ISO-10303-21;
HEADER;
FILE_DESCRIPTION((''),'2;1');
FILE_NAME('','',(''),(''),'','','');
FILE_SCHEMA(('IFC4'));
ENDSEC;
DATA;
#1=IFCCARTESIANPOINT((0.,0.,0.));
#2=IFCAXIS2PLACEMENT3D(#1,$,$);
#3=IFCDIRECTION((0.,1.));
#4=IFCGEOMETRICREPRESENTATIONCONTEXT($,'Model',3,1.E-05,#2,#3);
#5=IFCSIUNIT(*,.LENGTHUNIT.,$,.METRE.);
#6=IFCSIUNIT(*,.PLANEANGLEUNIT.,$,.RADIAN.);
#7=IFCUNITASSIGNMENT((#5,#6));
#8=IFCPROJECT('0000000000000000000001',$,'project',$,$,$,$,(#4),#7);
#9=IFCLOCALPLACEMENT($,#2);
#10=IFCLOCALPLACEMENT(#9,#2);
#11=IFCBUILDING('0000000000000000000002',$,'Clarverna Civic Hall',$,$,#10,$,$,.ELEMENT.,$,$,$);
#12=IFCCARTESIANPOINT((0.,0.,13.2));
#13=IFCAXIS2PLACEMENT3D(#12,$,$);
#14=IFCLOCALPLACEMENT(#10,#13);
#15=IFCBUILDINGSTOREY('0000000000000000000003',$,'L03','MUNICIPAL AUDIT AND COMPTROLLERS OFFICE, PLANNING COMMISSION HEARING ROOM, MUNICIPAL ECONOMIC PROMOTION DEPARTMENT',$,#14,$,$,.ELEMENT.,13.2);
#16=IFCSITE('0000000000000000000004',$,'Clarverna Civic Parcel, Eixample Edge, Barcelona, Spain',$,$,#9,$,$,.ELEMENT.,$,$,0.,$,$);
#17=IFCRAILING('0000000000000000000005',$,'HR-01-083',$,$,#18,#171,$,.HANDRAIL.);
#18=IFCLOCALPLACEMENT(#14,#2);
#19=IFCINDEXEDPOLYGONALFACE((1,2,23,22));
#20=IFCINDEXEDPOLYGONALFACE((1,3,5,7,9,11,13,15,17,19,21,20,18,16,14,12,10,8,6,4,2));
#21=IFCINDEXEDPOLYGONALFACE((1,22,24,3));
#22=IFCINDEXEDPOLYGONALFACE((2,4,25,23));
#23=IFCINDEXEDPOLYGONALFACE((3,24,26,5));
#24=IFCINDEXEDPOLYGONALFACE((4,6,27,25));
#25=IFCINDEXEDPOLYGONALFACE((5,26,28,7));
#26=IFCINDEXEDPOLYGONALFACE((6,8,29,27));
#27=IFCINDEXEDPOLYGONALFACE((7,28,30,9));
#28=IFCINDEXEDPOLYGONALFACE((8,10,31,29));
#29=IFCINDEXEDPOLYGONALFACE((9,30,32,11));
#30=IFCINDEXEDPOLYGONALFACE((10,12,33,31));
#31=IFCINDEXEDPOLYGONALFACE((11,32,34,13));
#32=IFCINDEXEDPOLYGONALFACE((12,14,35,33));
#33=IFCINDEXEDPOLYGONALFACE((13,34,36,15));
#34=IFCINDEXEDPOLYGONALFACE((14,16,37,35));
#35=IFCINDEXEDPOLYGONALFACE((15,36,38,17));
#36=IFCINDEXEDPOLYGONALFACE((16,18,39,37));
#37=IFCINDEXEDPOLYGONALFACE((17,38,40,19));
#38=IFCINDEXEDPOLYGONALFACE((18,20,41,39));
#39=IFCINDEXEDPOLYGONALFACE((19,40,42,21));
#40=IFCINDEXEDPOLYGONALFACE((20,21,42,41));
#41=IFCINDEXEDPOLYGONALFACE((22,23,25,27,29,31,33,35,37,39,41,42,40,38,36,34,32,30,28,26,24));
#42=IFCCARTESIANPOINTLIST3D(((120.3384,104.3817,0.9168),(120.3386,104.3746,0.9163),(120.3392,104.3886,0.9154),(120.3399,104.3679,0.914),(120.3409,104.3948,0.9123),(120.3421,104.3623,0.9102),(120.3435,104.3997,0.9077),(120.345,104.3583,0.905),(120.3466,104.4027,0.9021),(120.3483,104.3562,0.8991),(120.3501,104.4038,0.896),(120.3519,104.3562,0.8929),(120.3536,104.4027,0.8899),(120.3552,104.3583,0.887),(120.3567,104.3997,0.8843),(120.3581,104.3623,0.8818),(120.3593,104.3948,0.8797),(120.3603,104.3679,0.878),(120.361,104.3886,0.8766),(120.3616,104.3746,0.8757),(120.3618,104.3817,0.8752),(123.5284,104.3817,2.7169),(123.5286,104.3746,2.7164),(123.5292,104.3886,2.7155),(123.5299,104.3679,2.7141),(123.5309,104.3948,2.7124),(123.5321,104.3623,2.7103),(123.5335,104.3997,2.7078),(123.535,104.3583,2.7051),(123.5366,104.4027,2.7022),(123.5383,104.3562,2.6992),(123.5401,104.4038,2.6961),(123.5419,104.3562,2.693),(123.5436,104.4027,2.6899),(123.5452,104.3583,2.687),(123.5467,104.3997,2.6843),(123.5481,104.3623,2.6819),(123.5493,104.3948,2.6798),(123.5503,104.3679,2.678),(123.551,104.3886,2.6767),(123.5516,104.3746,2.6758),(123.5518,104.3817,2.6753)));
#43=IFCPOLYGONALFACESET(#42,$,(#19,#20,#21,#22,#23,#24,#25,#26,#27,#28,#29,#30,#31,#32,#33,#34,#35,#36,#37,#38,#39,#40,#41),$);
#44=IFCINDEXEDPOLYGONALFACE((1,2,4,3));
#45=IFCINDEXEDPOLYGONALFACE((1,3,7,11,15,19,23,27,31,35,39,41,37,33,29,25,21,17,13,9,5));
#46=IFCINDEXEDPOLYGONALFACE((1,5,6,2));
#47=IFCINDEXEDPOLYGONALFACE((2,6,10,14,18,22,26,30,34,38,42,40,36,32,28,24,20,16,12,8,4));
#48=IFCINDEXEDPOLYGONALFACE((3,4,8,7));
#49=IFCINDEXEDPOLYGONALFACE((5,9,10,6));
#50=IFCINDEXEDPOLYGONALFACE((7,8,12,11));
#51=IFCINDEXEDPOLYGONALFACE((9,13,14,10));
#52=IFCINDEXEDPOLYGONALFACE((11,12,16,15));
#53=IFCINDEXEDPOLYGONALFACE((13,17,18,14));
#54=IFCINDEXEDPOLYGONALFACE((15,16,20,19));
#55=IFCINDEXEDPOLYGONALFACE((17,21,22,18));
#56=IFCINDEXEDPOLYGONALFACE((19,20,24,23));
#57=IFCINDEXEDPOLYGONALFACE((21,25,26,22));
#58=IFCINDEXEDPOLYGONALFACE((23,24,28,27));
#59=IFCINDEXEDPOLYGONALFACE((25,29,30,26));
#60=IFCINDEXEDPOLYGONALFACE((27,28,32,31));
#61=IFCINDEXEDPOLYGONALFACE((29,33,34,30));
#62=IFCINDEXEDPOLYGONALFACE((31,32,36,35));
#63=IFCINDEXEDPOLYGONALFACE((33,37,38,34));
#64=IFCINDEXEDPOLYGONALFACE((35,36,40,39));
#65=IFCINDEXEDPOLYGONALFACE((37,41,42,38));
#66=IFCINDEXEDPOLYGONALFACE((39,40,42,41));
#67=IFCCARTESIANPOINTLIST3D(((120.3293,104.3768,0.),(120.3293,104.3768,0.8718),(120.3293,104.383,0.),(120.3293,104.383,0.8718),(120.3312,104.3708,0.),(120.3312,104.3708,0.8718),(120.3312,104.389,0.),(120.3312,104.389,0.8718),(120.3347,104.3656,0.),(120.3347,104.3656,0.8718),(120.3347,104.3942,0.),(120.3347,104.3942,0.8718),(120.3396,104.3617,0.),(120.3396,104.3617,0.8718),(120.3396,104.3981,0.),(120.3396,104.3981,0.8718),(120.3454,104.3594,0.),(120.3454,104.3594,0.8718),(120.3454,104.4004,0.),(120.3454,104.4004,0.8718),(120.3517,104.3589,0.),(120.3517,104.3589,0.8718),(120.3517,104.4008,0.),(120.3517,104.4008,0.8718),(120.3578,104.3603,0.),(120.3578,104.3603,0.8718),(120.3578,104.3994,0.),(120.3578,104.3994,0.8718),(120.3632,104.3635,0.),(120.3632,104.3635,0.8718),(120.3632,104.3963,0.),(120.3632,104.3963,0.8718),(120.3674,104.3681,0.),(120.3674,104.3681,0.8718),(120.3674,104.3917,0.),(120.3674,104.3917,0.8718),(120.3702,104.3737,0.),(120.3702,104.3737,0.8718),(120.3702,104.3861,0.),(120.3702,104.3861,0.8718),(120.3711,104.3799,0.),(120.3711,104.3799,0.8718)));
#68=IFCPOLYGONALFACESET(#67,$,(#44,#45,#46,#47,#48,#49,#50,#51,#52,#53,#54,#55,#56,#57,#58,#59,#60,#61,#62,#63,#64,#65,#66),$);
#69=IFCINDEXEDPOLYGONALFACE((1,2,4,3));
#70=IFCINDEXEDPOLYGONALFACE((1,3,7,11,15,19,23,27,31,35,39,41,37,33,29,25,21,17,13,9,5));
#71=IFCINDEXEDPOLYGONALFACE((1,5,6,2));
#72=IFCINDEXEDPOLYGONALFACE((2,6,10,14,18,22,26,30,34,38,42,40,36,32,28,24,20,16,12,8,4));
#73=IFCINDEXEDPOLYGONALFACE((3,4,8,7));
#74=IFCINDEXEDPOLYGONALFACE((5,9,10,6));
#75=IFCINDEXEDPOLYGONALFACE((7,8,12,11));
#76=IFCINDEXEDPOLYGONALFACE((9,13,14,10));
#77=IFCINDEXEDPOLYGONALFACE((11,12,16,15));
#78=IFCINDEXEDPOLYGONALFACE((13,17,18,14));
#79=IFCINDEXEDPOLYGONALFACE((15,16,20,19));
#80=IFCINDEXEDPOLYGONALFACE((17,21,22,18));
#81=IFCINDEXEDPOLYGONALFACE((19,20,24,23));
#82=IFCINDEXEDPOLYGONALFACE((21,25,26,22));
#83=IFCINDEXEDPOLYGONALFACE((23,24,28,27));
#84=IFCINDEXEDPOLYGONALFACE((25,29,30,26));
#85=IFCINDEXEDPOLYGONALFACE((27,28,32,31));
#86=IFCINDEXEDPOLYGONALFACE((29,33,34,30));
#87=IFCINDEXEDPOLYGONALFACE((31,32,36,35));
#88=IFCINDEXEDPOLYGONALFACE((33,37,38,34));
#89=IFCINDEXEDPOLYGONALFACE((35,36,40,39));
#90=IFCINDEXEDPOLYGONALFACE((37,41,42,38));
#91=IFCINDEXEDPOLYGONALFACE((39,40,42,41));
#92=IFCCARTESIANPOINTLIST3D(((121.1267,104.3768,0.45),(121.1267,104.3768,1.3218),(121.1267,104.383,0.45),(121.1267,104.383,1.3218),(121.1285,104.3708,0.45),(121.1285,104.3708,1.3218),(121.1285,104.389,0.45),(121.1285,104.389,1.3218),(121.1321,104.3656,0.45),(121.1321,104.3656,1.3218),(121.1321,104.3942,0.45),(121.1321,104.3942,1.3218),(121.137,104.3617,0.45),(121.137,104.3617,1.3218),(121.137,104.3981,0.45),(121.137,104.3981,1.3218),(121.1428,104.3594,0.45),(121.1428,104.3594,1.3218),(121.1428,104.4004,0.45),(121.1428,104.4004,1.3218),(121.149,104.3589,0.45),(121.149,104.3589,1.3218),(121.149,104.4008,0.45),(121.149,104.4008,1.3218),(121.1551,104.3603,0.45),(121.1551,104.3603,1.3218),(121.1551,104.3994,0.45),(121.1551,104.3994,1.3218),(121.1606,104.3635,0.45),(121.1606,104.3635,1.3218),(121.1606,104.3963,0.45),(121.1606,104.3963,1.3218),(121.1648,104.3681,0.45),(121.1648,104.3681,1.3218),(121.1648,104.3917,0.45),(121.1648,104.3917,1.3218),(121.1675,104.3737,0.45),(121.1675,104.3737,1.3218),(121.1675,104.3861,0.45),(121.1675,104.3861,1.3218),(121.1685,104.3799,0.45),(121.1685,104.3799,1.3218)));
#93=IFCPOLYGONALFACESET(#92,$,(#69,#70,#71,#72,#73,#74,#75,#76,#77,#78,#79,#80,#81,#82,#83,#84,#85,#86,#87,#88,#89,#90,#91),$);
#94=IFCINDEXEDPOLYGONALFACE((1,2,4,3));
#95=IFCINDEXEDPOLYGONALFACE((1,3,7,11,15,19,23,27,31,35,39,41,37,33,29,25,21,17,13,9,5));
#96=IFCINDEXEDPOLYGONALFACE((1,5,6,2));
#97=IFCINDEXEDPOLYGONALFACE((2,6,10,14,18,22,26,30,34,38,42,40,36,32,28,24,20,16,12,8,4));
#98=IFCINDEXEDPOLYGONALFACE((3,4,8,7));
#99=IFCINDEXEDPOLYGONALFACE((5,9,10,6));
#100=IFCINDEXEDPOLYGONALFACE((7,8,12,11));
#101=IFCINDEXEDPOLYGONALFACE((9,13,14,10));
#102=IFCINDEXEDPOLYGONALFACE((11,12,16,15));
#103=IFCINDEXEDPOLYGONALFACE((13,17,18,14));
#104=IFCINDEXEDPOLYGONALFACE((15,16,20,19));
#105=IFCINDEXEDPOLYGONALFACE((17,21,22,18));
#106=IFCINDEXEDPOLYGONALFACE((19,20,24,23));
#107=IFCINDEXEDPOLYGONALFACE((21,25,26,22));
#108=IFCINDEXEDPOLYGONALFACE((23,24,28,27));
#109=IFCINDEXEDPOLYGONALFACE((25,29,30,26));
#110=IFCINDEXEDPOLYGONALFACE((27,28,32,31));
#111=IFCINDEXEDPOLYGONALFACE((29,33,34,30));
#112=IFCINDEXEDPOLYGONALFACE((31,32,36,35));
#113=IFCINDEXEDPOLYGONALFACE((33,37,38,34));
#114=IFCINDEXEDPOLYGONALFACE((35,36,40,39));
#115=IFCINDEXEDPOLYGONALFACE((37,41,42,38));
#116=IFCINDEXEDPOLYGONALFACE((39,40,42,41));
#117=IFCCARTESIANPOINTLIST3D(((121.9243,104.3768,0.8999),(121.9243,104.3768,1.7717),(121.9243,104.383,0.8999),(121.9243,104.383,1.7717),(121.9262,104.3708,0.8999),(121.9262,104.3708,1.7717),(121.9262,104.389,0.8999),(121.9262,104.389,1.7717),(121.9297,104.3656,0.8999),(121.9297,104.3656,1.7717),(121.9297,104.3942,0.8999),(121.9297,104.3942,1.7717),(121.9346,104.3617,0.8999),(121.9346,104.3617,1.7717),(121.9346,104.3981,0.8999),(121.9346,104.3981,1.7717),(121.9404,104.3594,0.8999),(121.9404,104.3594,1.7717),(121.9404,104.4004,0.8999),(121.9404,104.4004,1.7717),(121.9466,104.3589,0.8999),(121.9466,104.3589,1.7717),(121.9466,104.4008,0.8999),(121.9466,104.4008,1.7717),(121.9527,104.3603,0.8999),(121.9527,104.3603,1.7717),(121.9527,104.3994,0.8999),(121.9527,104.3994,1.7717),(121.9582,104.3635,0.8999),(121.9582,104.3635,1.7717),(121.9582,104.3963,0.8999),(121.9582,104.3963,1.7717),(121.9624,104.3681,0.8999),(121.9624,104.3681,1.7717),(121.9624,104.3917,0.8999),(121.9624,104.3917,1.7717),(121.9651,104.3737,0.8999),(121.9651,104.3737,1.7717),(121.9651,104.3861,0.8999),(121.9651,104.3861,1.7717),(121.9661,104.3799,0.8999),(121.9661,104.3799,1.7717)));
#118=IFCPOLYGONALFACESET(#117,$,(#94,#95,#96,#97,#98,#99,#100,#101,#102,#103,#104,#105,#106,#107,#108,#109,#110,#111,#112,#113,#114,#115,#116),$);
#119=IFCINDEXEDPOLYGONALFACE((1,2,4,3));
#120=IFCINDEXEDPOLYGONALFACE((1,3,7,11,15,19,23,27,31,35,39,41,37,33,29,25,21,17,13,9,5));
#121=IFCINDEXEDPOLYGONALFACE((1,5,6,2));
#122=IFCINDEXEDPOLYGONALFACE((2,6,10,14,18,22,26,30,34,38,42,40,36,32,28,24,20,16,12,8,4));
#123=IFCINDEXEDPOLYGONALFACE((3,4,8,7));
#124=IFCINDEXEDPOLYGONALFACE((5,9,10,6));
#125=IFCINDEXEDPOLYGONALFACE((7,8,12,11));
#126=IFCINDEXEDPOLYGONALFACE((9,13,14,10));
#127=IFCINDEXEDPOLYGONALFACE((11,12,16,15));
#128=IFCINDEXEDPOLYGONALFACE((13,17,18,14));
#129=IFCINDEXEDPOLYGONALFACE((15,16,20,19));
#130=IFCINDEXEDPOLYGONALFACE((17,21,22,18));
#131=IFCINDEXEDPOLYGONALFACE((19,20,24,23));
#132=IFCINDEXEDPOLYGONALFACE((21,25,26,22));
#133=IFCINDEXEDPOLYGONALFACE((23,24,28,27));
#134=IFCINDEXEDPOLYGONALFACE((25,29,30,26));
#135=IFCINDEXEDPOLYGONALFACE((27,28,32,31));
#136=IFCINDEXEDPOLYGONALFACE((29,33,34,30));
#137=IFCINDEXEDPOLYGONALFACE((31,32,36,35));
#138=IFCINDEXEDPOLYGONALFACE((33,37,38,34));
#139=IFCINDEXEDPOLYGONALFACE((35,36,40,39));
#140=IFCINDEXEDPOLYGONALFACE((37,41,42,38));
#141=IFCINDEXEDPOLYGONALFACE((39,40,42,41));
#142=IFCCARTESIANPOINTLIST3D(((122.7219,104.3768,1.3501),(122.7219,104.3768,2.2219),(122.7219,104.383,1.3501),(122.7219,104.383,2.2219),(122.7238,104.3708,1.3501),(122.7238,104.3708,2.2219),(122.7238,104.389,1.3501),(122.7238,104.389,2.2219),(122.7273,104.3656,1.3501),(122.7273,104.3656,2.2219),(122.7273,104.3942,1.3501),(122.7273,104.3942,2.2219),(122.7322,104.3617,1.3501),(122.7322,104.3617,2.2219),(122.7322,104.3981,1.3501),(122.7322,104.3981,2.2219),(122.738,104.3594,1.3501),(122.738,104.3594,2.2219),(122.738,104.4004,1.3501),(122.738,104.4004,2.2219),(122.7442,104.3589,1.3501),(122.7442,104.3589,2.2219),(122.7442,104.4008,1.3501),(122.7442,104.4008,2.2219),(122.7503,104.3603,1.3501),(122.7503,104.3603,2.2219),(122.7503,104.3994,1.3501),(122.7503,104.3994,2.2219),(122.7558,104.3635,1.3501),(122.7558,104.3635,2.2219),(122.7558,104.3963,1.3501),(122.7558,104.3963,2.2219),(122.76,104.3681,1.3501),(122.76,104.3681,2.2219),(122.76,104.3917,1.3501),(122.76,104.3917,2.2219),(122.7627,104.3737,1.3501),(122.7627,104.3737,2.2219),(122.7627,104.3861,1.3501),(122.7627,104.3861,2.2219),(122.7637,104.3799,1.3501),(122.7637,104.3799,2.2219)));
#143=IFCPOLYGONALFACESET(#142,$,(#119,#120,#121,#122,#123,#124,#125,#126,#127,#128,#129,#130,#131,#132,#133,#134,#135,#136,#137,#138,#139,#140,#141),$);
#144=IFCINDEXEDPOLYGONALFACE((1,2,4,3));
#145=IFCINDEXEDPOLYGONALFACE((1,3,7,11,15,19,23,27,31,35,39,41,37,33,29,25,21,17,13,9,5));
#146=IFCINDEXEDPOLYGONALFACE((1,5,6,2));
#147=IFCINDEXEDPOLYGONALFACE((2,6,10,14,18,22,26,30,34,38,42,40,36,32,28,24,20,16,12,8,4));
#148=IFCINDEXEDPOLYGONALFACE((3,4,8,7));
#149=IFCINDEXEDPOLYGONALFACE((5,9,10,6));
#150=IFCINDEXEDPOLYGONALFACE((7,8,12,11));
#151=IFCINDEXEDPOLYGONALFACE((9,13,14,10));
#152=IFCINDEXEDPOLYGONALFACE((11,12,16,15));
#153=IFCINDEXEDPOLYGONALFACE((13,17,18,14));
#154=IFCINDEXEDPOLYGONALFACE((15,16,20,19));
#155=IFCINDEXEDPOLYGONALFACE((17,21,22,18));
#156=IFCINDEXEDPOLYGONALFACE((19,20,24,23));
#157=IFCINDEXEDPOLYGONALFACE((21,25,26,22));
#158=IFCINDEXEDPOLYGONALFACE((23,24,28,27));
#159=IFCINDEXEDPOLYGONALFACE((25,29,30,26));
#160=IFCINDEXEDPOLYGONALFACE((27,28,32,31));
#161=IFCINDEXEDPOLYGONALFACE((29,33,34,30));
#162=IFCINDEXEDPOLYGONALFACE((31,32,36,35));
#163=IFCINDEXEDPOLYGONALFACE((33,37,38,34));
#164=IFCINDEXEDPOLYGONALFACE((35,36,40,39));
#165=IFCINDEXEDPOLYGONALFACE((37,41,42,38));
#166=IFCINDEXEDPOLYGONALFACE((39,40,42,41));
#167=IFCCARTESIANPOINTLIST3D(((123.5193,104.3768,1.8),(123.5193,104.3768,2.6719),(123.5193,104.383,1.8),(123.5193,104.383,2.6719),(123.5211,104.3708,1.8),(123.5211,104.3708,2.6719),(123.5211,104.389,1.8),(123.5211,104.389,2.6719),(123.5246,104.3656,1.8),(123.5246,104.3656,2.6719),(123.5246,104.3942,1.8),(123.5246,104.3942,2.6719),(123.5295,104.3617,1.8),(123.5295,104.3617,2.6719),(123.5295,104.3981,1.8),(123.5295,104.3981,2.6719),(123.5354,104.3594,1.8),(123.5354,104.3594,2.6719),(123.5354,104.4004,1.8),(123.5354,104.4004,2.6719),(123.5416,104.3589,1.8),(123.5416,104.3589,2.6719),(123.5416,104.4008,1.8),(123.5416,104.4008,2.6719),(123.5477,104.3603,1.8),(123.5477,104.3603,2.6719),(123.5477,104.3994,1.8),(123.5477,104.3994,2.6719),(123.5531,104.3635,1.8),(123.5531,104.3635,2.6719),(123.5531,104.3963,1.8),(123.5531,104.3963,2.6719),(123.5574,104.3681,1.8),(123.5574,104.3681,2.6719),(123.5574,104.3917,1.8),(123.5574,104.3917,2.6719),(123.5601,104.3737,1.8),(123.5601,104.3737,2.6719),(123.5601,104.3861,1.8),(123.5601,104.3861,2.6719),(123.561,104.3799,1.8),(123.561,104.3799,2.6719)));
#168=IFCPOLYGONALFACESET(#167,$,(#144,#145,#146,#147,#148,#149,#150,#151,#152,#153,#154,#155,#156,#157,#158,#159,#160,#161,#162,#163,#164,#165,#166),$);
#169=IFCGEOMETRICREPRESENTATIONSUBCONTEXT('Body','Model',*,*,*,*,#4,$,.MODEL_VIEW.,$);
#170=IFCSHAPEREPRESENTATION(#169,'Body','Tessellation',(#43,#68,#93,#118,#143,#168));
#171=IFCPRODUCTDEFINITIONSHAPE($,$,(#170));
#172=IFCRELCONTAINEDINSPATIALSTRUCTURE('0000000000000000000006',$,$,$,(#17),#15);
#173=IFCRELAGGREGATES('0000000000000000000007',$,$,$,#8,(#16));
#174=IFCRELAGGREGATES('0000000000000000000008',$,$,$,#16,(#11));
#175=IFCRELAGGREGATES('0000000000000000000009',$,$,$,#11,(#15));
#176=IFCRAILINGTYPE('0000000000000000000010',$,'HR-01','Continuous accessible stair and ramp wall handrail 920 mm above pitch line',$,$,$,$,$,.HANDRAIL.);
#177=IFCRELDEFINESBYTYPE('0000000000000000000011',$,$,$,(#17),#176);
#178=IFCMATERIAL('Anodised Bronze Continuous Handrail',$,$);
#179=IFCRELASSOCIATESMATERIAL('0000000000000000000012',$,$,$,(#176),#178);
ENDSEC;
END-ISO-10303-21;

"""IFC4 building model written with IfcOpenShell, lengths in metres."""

from ifc_helpers import new_model, si_unit, direction, frame, origin, origin_2d, place, context, subcontext, project, spatial, circle, extrude, material, type_object, element, save


model = new_model("IFC4")

# Units and contexts
model_context = context("Model", 3, precision=1e-05, world=origin(), true_north=direction((0.0, 1.0)))
body_context = subcontext(model_context, "Body", "Model", "MODEL_VIEW")
ifc_project = project(units=[si_unit("LENGTHUNIT", "METRE"), si_unit("PLANEANGLEUNIT", "RADIAN")], contexts=[model_context])

# Site, building, storey
site_placement = place(None, origin())
site = spatial("IfcSite", under=ifc_project, at=site_placement, Name="Clarverna Civic Parcel, Eixample Edge, Barcelona, Spain", CompositionType="ELEMENT", RefElevation=0.0)
building_placement = place(site_placement, origin())
building = spatial("IfcBuilding", under=site, at=building_placement, Name="Clarverna Civic Hall", CompositionType="ELEMENT")
storey_placement = place(building_placement, frame((0.0, 0.0, 13.2)))
storey = spatial("IfcBuildingStorey", under=building, at=storey_placement, Name="L03", Description="MUNICIPAL AUDIT AND COMPTROLLERS OFFICE, PLANNING COMMISSION HEARING ROOM, MUNICIPAL ECONOMIC PROMOTION DEPARTMENT", CompositionType="ELEMENT", Elevation=13.2)

# Railing
ifc_material_1 = material(Name="Anodised Bronze Continuous Handrail")
railing_type_1 = type_object("IfcRailingType", Name="HR-01", Description="Continuous accessible stair and ramp wall handrail 920 mm above pitch line", PredefinedType="HANDRAIL", material=ifc_material_1)
railing_1_placement = place(storey_placement, frame((120.3501, 104.3799, 0.0)))
element("IfcRailing", 1, at=railing_1_placement, inside=storey, type_object=railing_type_1, Name="HR-01-083", PredefinedType="HANDRAIL", context=body_context, shape_type="SweptSolid", body=[
    extrude(circle(Radius=0.0239, at=origin_2d()), frame((0.0, 0.0, 0.896), z_axis=(0.870909, 0.0, 0.491444), x_axis=(0.0, 1.0, 0.0)), (0.0, 0.0, 1.0), 3.6628),
    extrude(circle(Radius=0.021, at=origin_2d()), origin(), (0.0, 0.0, 1.0), 0.8718),
    extrude(circle(Radius=0.021, at=origin_2d()), frame((0.7974, 0.0, 0.45)), (0.0, 0.0, 1.0), 0.8718),
    extrude(circle(Radius=0.021, at=origin_2d()), frame((1.595, 0.0, 0.8999)), (0.0, 0.0, 1.0), 0.8718),
    extrude(circle(Radius=0.021, at=origin_2d()), frame((2.3926, 0.0, 1.3501)), (0.0, 0.0, 1.0), 0.8718),
    extrude(circle(Radius=0.021, at=origin_2d()), frame((3.1899, 0.0, 1.8)), (0.0, 0.0, 1.0), 0.8718),
])

save(model, "model.ifc")
